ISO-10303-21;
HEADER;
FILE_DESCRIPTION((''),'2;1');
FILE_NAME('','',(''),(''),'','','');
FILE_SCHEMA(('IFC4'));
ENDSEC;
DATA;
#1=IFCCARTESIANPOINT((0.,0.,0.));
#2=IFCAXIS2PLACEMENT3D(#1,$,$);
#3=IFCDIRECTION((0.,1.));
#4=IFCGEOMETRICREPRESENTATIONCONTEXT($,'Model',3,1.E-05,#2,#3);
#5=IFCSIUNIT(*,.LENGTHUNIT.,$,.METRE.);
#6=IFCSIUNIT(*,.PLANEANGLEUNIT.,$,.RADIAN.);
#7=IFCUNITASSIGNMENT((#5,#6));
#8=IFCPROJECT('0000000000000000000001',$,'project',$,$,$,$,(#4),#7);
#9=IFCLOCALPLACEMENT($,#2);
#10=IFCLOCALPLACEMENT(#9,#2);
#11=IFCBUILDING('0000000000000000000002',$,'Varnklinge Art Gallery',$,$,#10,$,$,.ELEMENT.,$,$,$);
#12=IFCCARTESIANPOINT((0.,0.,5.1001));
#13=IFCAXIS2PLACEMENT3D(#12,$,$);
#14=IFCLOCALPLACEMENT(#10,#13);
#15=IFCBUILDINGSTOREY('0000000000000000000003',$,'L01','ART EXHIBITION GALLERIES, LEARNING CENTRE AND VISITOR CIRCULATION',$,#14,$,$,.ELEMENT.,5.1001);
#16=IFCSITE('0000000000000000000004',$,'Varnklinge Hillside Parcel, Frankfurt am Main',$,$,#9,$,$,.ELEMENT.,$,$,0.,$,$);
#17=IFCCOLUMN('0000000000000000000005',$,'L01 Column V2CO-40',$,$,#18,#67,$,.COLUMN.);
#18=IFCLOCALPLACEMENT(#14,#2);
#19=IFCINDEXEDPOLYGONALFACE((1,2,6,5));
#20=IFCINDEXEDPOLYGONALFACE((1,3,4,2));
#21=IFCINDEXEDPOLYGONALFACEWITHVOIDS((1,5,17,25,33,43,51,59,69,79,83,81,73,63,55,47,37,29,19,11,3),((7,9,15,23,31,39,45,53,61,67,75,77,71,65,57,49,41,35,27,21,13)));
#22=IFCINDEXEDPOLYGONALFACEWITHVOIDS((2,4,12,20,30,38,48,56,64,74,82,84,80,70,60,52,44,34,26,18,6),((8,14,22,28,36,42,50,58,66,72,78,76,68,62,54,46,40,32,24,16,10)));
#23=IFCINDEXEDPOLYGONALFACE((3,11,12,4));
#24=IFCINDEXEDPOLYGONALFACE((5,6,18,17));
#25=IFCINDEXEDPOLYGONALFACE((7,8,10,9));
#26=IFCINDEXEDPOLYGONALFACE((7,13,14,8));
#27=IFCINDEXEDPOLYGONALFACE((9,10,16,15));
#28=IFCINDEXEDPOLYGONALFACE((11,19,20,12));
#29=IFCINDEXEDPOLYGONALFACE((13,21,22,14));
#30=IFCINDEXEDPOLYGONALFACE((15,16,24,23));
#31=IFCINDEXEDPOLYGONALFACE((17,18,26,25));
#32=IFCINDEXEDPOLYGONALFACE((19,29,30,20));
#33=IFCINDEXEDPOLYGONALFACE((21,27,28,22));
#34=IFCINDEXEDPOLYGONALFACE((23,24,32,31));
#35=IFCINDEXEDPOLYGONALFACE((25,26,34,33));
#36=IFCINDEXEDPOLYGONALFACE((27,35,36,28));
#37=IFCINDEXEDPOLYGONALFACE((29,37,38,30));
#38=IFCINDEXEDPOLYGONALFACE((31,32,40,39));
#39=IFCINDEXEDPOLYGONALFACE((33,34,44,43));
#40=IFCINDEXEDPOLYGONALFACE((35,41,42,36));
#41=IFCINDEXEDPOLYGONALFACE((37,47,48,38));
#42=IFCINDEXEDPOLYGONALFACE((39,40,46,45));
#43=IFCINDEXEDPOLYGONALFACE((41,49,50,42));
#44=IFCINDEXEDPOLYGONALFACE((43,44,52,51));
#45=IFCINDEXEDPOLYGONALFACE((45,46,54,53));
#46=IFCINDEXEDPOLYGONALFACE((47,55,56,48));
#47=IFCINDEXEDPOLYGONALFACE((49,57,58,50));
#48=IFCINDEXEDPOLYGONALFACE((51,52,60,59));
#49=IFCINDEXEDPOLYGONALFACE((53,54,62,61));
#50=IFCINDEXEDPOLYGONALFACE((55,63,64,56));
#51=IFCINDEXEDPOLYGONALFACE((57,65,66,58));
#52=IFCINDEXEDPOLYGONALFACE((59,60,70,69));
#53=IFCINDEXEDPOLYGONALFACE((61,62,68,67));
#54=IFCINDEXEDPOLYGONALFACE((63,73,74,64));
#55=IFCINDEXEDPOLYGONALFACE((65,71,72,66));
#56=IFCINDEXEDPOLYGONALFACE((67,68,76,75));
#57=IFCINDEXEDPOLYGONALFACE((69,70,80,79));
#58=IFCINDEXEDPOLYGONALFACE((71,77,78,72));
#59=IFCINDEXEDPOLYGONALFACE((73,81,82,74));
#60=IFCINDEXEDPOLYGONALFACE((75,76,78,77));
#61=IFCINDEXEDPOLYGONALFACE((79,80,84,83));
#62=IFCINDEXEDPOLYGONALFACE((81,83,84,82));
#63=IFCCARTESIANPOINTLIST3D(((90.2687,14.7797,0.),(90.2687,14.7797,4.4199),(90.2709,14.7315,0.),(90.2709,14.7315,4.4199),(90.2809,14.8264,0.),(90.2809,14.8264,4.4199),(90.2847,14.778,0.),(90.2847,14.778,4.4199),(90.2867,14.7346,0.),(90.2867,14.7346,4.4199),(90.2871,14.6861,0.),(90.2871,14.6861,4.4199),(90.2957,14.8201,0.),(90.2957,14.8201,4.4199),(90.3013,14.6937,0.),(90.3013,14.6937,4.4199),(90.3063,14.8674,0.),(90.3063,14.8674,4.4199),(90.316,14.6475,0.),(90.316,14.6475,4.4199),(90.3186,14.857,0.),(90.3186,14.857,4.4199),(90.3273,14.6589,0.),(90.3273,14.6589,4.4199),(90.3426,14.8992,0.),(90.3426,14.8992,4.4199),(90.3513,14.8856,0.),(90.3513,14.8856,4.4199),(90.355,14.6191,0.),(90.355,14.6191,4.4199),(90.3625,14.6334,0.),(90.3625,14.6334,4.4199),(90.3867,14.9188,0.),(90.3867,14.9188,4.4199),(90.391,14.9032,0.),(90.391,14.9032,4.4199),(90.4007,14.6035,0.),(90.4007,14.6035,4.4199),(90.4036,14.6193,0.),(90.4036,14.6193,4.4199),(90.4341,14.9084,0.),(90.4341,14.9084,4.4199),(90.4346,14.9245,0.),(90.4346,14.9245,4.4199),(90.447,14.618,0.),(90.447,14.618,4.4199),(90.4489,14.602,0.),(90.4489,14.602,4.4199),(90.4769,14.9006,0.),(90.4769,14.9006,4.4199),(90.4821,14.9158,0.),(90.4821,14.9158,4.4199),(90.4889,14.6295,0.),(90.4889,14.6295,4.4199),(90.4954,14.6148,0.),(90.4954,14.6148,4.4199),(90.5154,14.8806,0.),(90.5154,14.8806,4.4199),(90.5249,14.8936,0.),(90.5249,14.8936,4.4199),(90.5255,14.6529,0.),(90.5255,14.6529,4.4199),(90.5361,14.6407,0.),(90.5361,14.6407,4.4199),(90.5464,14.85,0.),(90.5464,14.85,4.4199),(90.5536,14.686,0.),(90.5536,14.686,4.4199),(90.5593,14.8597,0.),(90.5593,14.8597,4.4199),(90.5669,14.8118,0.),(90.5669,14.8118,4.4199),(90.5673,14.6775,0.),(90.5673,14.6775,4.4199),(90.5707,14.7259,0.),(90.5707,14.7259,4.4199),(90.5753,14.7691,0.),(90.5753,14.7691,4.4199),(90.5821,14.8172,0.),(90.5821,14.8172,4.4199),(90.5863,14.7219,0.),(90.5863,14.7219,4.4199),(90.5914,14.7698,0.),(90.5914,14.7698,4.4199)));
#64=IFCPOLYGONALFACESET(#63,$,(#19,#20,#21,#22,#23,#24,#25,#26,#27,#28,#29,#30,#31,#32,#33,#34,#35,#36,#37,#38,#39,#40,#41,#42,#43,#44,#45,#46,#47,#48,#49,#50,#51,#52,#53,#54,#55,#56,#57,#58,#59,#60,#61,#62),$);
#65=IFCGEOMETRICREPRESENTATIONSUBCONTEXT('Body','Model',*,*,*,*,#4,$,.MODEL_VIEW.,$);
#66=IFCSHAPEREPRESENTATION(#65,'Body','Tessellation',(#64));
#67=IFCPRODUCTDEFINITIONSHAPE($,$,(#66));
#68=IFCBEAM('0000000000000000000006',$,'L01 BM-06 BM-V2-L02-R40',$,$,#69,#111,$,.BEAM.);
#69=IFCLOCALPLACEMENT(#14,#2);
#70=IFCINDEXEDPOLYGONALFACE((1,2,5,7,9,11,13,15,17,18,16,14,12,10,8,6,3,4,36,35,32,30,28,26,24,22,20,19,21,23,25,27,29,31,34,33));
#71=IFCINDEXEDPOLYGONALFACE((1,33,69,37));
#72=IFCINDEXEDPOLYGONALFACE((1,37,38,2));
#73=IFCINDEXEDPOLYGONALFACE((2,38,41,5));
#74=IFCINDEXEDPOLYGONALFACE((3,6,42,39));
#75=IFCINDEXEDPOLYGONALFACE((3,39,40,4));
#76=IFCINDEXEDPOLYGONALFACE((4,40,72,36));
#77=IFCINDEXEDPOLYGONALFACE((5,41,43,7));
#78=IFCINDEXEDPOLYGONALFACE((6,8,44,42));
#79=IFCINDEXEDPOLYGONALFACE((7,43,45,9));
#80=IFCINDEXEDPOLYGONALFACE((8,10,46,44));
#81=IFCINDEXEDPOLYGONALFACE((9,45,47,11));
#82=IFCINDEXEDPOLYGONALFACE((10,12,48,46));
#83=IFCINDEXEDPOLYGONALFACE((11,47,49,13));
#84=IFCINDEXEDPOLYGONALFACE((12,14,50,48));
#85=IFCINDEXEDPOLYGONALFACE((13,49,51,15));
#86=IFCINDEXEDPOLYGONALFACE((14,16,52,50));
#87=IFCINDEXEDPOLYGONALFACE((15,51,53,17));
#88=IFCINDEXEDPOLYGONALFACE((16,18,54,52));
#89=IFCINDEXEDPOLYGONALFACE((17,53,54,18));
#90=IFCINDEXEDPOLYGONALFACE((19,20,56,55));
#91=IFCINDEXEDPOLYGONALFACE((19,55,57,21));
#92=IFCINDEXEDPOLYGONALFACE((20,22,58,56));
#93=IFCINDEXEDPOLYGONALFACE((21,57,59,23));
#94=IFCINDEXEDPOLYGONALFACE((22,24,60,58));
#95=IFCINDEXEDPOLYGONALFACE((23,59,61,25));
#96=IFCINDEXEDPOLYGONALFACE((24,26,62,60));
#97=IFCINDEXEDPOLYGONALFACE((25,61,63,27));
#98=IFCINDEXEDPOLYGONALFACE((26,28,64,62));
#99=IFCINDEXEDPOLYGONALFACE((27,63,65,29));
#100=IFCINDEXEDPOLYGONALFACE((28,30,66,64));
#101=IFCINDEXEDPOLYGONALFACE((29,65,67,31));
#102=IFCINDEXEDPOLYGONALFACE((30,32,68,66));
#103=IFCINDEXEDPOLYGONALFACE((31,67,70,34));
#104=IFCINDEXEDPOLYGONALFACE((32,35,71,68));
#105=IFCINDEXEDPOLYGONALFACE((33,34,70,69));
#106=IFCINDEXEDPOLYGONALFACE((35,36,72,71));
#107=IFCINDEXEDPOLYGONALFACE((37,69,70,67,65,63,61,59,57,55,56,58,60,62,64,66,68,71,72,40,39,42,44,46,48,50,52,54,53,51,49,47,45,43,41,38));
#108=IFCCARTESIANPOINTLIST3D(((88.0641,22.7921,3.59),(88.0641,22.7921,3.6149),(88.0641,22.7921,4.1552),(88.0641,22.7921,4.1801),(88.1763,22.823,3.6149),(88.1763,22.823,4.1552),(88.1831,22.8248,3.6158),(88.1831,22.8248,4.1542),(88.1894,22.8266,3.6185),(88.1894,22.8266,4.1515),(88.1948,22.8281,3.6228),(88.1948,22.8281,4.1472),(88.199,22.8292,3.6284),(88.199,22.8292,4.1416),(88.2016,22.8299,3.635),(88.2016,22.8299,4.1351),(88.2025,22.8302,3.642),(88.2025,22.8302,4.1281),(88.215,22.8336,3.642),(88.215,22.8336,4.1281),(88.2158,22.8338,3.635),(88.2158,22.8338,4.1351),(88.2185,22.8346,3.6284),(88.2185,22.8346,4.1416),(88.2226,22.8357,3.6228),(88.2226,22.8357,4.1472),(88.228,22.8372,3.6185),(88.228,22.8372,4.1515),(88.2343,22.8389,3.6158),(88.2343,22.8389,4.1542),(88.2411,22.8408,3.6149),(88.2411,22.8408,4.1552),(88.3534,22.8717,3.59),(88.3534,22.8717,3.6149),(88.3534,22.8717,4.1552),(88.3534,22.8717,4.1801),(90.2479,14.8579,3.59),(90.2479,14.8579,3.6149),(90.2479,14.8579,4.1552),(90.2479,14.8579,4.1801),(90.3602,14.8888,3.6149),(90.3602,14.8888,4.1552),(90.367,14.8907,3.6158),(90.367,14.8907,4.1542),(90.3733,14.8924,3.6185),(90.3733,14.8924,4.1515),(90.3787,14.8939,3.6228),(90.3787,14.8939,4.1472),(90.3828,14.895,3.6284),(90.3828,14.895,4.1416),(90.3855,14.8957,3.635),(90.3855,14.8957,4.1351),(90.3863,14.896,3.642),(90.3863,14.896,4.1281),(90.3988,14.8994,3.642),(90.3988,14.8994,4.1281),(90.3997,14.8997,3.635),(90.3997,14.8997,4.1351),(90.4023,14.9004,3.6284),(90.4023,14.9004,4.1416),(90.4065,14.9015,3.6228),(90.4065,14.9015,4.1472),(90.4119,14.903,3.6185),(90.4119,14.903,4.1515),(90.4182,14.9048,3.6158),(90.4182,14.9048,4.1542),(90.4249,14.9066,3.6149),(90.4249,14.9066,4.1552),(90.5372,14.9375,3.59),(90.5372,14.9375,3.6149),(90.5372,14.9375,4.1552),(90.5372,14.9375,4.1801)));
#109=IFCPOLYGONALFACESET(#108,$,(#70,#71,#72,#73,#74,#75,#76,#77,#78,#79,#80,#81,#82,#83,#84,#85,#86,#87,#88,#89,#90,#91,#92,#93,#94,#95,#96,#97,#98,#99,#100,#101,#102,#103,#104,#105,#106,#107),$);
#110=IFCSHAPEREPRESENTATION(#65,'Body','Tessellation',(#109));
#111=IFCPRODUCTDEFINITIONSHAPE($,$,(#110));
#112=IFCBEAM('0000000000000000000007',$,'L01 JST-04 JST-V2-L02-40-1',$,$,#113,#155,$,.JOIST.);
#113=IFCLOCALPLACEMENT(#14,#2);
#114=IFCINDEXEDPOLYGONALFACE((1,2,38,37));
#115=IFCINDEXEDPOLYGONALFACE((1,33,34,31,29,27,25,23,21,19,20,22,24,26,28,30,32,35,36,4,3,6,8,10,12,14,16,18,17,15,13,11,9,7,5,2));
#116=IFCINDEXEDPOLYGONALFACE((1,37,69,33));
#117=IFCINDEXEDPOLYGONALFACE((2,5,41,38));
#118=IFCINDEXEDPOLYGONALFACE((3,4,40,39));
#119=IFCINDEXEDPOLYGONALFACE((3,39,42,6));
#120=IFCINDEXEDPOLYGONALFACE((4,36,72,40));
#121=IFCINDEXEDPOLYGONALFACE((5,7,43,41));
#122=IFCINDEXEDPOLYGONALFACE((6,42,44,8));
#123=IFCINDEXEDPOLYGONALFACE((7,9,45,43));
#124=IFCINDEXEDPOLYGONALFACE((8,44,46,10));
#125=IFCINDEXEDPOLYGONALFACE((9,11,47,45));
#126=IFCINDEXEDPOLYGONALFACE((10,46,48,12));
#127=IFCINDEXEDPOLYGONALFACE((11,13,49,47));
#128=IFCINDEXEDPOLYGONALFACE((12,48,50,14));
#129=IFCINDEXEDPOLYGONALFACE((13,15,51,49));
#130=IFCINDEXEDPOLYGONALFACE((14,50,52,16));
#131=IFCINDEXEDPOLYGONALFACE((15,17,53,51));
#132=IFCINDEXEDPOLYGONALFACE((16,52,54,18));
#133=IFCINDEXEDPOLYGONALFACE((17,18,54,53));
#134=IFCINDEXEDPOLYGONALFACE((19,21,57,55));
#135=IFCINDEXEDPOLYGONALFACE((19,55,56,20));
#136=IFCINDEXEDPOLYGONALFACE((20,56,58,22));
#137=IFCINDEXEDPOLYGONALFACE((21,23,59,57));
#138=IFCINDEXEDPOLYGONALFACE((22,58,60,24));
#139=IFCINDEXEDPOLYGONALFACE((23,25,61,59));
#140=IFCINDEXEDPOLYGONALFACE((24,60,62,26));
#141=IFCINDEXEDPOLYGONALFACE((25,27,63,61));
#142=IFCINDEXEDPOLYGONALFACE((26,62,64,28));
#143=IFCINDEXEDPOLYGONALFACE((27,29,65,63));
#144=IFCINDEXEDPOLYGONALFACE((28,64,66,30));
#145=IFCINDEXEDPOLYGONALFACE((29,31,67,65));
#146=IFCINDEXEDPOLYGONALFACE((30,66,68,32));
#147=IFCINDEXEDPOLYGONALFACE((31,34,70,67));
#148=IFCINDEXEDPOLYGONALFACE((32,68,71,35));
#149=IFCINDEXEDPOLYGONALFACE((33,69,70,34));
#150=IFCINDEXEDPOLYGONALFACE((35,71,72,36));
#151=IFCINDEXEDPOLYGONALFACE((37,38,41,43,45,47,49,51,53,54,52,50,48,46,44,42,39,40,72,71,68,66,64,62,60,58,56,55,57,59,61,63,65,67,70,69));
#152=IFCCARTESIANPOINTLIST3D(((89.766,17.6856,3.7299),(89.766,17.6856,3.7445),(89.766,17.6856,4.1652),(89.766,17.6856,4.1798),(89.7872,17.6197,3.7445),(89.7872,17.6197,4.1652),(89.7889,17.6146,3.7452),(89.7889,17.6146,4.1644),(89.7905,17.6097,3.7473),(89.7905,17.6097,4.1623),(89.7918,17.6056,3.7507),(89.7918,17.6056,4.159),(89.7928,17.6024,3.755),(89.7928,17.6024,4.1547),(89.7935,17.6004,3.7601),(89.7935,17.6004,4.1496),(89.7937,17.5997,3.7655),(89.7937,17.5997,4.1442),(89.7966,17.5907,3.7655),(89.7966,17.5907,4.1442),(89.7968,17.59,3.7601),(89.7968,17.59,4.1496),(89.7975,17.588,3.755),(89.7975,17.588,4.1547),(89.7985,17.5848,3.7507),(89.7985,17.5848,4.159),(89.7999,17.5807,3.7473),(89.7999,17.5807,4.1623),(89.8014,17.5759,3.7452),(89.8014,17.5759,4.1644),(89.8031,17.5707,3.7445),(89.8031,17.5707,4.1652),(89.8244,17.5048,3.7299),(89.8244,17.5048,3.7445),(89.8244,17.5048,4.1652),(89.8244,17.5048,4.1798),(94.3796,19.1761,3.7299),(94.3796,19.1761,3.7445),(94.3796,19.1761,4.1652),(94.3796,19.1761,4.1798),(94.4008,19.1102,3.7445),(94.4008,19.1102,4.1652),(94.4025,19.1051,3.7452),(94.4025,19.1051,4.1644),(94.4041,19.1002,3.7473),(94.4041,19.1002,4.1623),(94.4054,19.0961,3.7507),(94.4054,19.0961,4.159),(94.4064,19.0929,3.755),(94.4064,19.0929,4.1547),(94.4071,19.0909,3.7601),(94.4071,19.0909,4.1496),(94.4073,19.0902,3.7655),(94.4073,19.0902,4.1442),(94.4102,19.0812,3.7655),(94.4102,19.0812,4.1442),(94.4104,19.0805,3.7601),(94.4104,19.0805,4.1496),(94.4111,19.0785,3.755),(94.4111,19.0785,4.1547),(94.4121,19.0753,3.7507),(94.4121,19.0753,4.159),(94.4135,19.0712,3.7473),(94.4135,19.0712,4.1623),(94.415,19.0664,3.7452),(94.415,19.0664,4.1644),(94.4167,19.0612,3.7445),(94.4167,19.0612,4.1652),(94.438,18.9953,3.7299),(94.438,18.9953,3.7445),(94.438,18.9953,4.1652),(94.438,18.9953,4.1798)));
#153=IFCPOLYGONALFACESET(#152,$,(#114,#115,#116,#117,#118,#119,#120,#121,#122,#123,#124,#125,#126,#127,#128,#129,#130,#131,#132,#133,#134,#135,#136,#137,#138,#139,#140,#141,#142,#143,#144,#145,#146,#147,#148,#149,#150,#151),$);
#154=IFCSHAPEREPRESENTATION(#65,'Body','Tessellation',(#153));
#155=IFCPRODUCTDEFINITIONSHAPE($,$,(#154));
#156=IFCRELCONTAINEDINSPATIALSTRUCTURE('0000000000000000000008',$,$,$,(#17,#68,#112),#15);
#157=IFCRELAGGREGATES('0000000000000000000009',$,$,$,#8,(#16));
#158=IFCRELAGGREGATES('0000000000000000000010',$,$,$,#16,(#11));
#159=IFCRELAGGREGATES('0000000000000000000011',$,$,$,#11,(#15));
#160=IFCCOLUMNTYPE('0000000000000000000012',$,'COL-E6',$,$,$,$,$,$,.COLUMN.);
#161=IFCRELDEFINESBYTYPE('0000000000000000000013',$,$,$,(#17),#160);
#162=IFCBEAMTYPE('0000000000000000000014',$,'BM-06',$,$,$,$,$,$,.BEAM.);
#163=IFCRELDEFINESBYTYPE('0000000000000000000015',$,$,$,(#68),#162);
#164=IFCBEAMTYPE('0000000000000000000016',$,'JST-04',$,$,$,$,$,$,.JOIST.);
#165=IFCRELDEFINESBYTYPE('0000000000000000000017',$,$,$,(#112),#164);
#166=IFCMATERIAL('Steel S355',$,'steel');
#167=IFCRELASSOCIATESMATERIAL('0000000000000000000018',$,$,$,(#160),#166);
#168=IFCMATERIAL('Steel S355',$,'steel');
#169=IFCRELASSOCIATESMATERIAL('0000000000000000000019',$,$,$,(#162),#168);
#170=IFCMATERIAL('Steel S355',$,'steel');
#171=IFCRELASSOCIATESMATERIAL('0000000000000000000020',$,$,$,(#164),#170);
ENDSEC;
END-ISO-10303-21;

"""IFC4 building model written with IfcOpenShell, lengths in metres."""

from ifc_helpers import new_model, si_unit, direction, frame, origin, origin_2d, place, context, subcontext, project, spatial, hollow_circle, i_section, extrude, material, material_profile, profile_set, type_object, element, save


model = new_model("IFC4")

# Units and contexts
model_context = context("Model", 3, precision=1e-05, world=origin(), true_north=direction((0.0, 1.0)))
body_context = subcontext(model_context, "Body", "Model", "MODEL_VIEW")
ifc_project = project(units=[si_unit("LENGTHUNIT", "METRE"), si_unit("PLANEANGLEUNIT", "RADIAN")], contexts=[model_context])

# Site, building, storey
site_placement = place(None, origin())
site = spatial("IfcSite", under=ifc_project, at=site_placement, Name="Varnklinge Hillside Parcel, Frankfurt am Main", CompositionType="ELEMENT", RefElevation=0.0)
building_placement = place(site_placement, origin())
building = spatial("IfcBuilding", under=site, at=building_placement, Name="Varnklinge Art Gallery", CompositionType="ELEMENT")
storey_placement = place(building_placement, frame((0.0, 0.0, 5.1001)))
storey = spatial("IfcBuildingStorey", under=building, at=storey_placement, Name="L01", Description="ART EXHIBITION GALLERIES, LEARNING CENTRE AND VISITOR CIRCULATION", CompositionType="ELEMENT", Elevation=5.1001)

# Column
ifc_material_1 = material(Name="Steel S355", Category="steel")
ifc_material_profile_1 = material_profile(ifc_material_1, hollow_circle(Radius=0.1619, WallThickness=0.0161, at=origin_2d()), Name="CHS 323.9x16")
ifc_profile_set_1 = profile_set([ifc_material_profile_1], Name="Steel S355")
column_type = type_object("IfcColumnType", Name="COL-E6", PredefinedType="COLUMN", material=ifc_profile_set_1)
column_placement = place(storey_placement, frame((90.4297, 14.7627, 0.0), z_axis=(0.0, 0.0, 1.0), x_axis=(-0.265388, 0.964142, 0.0)))
element("IfcColumn", 1, at=column_placement, inside=storey, type_object=column_type, Name="L01 Column V2CO-40", PredefinedType="COLUMN", context=body_context, shape_type="SweptSolid", body=[
    extrude(hollow_circle(Radius=0.1619, WallThickness=0.0161, at=origin_2d()), origin(), (0.0, 0.0, 1.0), 4.4199),
])

# Beams
ifc_material_2 = material(Name="Steel S355", Category="steel")
ifc_material_profile_2 = material_profile(ifc_material_2, i_section(OverallWidth=0.3, OverallDepth=0.5901, WebThickness=0.0129, FlangeThickness=0.0249, FilletRadius=0.0271, at=origin_2d()), Name="HEA 600")
ifc_profile_set_2 = profile_set([ifc_material_profile_2], Name="Steel S355")
beam_type_1 = type_object("IfcBeamType", Name="BM-06", PredefinedType="BEAM", material=ifc_profile_set_2)
beam_1_placement = place(storey_placement, frame((90.3926, 14.8977, 3.885), z_axis=(-0.265379, 0.964144, 0.0), x_axis=(-0.964144, -0.265379, 0.0)))
element("IfcBeam", 2, at=beam_1_placement, inside=storey, type_object=beam_type_1, Name="L01 BM-06 BM-V2-L02-R40", PredefinedType="BEAM", context=body_context, shape_type="SweptSolid", body=[
    extrude(i_section(OverallWidth=0.3, OverallDepth=0.5901, WebThickness=0.0129, FlangeThickness=0.0249, FilletRadius=0.0271, at=origin_2d()), origin(), (0.0, 0.0, 1.0), 8.2292),
])
ifc_material_3 = material(Name="Steel S355", Category="steel")
ifc_material_profile_3 = material_profile(ifc_material_3, i_section(OverallWidth=0.1899, OverallDepth=0.45, WebThickness=0.0095, FlangeThickness=0.0146, FilletRadius=0.021, at=origin_2d()), Name="IPE 450")
ifc_profile_set_3 = profile_set([ifc_material_profile_3], Name="Steel S355")
beam_type_2 = type_object("IfcBeamType", Name="JST-04", PredefinedType="JOIST", material=ifc_profile_set_3)
beam_2_placement = place(storey_placement, frame((89.7952, 17.5952, 3.9548), z_axis=(0.951573, 0.307422, 0.0), x_axis=(-0.307422, 0.951573, 0.0)))
element("IfcBeam", 3, at=beam_2_placement, inside=storey, type_object=beam_type_2, Name="L01 JST-04 JST-V2-L02-40-1", PredefinedType="JOIST", context=body_context, shape_type="SweptSolid", body=[
    extrude(i_section(OverallWidth=0.1899, OverallDepth=0.45, WebThickness=0.0095, FlangeThickness=0.0146, FilletRadius=0.021, at=origin_2d()), origin(), (0.0, 0.0, 1.0), 4.8484),
])

save(model, "model.ifc")
